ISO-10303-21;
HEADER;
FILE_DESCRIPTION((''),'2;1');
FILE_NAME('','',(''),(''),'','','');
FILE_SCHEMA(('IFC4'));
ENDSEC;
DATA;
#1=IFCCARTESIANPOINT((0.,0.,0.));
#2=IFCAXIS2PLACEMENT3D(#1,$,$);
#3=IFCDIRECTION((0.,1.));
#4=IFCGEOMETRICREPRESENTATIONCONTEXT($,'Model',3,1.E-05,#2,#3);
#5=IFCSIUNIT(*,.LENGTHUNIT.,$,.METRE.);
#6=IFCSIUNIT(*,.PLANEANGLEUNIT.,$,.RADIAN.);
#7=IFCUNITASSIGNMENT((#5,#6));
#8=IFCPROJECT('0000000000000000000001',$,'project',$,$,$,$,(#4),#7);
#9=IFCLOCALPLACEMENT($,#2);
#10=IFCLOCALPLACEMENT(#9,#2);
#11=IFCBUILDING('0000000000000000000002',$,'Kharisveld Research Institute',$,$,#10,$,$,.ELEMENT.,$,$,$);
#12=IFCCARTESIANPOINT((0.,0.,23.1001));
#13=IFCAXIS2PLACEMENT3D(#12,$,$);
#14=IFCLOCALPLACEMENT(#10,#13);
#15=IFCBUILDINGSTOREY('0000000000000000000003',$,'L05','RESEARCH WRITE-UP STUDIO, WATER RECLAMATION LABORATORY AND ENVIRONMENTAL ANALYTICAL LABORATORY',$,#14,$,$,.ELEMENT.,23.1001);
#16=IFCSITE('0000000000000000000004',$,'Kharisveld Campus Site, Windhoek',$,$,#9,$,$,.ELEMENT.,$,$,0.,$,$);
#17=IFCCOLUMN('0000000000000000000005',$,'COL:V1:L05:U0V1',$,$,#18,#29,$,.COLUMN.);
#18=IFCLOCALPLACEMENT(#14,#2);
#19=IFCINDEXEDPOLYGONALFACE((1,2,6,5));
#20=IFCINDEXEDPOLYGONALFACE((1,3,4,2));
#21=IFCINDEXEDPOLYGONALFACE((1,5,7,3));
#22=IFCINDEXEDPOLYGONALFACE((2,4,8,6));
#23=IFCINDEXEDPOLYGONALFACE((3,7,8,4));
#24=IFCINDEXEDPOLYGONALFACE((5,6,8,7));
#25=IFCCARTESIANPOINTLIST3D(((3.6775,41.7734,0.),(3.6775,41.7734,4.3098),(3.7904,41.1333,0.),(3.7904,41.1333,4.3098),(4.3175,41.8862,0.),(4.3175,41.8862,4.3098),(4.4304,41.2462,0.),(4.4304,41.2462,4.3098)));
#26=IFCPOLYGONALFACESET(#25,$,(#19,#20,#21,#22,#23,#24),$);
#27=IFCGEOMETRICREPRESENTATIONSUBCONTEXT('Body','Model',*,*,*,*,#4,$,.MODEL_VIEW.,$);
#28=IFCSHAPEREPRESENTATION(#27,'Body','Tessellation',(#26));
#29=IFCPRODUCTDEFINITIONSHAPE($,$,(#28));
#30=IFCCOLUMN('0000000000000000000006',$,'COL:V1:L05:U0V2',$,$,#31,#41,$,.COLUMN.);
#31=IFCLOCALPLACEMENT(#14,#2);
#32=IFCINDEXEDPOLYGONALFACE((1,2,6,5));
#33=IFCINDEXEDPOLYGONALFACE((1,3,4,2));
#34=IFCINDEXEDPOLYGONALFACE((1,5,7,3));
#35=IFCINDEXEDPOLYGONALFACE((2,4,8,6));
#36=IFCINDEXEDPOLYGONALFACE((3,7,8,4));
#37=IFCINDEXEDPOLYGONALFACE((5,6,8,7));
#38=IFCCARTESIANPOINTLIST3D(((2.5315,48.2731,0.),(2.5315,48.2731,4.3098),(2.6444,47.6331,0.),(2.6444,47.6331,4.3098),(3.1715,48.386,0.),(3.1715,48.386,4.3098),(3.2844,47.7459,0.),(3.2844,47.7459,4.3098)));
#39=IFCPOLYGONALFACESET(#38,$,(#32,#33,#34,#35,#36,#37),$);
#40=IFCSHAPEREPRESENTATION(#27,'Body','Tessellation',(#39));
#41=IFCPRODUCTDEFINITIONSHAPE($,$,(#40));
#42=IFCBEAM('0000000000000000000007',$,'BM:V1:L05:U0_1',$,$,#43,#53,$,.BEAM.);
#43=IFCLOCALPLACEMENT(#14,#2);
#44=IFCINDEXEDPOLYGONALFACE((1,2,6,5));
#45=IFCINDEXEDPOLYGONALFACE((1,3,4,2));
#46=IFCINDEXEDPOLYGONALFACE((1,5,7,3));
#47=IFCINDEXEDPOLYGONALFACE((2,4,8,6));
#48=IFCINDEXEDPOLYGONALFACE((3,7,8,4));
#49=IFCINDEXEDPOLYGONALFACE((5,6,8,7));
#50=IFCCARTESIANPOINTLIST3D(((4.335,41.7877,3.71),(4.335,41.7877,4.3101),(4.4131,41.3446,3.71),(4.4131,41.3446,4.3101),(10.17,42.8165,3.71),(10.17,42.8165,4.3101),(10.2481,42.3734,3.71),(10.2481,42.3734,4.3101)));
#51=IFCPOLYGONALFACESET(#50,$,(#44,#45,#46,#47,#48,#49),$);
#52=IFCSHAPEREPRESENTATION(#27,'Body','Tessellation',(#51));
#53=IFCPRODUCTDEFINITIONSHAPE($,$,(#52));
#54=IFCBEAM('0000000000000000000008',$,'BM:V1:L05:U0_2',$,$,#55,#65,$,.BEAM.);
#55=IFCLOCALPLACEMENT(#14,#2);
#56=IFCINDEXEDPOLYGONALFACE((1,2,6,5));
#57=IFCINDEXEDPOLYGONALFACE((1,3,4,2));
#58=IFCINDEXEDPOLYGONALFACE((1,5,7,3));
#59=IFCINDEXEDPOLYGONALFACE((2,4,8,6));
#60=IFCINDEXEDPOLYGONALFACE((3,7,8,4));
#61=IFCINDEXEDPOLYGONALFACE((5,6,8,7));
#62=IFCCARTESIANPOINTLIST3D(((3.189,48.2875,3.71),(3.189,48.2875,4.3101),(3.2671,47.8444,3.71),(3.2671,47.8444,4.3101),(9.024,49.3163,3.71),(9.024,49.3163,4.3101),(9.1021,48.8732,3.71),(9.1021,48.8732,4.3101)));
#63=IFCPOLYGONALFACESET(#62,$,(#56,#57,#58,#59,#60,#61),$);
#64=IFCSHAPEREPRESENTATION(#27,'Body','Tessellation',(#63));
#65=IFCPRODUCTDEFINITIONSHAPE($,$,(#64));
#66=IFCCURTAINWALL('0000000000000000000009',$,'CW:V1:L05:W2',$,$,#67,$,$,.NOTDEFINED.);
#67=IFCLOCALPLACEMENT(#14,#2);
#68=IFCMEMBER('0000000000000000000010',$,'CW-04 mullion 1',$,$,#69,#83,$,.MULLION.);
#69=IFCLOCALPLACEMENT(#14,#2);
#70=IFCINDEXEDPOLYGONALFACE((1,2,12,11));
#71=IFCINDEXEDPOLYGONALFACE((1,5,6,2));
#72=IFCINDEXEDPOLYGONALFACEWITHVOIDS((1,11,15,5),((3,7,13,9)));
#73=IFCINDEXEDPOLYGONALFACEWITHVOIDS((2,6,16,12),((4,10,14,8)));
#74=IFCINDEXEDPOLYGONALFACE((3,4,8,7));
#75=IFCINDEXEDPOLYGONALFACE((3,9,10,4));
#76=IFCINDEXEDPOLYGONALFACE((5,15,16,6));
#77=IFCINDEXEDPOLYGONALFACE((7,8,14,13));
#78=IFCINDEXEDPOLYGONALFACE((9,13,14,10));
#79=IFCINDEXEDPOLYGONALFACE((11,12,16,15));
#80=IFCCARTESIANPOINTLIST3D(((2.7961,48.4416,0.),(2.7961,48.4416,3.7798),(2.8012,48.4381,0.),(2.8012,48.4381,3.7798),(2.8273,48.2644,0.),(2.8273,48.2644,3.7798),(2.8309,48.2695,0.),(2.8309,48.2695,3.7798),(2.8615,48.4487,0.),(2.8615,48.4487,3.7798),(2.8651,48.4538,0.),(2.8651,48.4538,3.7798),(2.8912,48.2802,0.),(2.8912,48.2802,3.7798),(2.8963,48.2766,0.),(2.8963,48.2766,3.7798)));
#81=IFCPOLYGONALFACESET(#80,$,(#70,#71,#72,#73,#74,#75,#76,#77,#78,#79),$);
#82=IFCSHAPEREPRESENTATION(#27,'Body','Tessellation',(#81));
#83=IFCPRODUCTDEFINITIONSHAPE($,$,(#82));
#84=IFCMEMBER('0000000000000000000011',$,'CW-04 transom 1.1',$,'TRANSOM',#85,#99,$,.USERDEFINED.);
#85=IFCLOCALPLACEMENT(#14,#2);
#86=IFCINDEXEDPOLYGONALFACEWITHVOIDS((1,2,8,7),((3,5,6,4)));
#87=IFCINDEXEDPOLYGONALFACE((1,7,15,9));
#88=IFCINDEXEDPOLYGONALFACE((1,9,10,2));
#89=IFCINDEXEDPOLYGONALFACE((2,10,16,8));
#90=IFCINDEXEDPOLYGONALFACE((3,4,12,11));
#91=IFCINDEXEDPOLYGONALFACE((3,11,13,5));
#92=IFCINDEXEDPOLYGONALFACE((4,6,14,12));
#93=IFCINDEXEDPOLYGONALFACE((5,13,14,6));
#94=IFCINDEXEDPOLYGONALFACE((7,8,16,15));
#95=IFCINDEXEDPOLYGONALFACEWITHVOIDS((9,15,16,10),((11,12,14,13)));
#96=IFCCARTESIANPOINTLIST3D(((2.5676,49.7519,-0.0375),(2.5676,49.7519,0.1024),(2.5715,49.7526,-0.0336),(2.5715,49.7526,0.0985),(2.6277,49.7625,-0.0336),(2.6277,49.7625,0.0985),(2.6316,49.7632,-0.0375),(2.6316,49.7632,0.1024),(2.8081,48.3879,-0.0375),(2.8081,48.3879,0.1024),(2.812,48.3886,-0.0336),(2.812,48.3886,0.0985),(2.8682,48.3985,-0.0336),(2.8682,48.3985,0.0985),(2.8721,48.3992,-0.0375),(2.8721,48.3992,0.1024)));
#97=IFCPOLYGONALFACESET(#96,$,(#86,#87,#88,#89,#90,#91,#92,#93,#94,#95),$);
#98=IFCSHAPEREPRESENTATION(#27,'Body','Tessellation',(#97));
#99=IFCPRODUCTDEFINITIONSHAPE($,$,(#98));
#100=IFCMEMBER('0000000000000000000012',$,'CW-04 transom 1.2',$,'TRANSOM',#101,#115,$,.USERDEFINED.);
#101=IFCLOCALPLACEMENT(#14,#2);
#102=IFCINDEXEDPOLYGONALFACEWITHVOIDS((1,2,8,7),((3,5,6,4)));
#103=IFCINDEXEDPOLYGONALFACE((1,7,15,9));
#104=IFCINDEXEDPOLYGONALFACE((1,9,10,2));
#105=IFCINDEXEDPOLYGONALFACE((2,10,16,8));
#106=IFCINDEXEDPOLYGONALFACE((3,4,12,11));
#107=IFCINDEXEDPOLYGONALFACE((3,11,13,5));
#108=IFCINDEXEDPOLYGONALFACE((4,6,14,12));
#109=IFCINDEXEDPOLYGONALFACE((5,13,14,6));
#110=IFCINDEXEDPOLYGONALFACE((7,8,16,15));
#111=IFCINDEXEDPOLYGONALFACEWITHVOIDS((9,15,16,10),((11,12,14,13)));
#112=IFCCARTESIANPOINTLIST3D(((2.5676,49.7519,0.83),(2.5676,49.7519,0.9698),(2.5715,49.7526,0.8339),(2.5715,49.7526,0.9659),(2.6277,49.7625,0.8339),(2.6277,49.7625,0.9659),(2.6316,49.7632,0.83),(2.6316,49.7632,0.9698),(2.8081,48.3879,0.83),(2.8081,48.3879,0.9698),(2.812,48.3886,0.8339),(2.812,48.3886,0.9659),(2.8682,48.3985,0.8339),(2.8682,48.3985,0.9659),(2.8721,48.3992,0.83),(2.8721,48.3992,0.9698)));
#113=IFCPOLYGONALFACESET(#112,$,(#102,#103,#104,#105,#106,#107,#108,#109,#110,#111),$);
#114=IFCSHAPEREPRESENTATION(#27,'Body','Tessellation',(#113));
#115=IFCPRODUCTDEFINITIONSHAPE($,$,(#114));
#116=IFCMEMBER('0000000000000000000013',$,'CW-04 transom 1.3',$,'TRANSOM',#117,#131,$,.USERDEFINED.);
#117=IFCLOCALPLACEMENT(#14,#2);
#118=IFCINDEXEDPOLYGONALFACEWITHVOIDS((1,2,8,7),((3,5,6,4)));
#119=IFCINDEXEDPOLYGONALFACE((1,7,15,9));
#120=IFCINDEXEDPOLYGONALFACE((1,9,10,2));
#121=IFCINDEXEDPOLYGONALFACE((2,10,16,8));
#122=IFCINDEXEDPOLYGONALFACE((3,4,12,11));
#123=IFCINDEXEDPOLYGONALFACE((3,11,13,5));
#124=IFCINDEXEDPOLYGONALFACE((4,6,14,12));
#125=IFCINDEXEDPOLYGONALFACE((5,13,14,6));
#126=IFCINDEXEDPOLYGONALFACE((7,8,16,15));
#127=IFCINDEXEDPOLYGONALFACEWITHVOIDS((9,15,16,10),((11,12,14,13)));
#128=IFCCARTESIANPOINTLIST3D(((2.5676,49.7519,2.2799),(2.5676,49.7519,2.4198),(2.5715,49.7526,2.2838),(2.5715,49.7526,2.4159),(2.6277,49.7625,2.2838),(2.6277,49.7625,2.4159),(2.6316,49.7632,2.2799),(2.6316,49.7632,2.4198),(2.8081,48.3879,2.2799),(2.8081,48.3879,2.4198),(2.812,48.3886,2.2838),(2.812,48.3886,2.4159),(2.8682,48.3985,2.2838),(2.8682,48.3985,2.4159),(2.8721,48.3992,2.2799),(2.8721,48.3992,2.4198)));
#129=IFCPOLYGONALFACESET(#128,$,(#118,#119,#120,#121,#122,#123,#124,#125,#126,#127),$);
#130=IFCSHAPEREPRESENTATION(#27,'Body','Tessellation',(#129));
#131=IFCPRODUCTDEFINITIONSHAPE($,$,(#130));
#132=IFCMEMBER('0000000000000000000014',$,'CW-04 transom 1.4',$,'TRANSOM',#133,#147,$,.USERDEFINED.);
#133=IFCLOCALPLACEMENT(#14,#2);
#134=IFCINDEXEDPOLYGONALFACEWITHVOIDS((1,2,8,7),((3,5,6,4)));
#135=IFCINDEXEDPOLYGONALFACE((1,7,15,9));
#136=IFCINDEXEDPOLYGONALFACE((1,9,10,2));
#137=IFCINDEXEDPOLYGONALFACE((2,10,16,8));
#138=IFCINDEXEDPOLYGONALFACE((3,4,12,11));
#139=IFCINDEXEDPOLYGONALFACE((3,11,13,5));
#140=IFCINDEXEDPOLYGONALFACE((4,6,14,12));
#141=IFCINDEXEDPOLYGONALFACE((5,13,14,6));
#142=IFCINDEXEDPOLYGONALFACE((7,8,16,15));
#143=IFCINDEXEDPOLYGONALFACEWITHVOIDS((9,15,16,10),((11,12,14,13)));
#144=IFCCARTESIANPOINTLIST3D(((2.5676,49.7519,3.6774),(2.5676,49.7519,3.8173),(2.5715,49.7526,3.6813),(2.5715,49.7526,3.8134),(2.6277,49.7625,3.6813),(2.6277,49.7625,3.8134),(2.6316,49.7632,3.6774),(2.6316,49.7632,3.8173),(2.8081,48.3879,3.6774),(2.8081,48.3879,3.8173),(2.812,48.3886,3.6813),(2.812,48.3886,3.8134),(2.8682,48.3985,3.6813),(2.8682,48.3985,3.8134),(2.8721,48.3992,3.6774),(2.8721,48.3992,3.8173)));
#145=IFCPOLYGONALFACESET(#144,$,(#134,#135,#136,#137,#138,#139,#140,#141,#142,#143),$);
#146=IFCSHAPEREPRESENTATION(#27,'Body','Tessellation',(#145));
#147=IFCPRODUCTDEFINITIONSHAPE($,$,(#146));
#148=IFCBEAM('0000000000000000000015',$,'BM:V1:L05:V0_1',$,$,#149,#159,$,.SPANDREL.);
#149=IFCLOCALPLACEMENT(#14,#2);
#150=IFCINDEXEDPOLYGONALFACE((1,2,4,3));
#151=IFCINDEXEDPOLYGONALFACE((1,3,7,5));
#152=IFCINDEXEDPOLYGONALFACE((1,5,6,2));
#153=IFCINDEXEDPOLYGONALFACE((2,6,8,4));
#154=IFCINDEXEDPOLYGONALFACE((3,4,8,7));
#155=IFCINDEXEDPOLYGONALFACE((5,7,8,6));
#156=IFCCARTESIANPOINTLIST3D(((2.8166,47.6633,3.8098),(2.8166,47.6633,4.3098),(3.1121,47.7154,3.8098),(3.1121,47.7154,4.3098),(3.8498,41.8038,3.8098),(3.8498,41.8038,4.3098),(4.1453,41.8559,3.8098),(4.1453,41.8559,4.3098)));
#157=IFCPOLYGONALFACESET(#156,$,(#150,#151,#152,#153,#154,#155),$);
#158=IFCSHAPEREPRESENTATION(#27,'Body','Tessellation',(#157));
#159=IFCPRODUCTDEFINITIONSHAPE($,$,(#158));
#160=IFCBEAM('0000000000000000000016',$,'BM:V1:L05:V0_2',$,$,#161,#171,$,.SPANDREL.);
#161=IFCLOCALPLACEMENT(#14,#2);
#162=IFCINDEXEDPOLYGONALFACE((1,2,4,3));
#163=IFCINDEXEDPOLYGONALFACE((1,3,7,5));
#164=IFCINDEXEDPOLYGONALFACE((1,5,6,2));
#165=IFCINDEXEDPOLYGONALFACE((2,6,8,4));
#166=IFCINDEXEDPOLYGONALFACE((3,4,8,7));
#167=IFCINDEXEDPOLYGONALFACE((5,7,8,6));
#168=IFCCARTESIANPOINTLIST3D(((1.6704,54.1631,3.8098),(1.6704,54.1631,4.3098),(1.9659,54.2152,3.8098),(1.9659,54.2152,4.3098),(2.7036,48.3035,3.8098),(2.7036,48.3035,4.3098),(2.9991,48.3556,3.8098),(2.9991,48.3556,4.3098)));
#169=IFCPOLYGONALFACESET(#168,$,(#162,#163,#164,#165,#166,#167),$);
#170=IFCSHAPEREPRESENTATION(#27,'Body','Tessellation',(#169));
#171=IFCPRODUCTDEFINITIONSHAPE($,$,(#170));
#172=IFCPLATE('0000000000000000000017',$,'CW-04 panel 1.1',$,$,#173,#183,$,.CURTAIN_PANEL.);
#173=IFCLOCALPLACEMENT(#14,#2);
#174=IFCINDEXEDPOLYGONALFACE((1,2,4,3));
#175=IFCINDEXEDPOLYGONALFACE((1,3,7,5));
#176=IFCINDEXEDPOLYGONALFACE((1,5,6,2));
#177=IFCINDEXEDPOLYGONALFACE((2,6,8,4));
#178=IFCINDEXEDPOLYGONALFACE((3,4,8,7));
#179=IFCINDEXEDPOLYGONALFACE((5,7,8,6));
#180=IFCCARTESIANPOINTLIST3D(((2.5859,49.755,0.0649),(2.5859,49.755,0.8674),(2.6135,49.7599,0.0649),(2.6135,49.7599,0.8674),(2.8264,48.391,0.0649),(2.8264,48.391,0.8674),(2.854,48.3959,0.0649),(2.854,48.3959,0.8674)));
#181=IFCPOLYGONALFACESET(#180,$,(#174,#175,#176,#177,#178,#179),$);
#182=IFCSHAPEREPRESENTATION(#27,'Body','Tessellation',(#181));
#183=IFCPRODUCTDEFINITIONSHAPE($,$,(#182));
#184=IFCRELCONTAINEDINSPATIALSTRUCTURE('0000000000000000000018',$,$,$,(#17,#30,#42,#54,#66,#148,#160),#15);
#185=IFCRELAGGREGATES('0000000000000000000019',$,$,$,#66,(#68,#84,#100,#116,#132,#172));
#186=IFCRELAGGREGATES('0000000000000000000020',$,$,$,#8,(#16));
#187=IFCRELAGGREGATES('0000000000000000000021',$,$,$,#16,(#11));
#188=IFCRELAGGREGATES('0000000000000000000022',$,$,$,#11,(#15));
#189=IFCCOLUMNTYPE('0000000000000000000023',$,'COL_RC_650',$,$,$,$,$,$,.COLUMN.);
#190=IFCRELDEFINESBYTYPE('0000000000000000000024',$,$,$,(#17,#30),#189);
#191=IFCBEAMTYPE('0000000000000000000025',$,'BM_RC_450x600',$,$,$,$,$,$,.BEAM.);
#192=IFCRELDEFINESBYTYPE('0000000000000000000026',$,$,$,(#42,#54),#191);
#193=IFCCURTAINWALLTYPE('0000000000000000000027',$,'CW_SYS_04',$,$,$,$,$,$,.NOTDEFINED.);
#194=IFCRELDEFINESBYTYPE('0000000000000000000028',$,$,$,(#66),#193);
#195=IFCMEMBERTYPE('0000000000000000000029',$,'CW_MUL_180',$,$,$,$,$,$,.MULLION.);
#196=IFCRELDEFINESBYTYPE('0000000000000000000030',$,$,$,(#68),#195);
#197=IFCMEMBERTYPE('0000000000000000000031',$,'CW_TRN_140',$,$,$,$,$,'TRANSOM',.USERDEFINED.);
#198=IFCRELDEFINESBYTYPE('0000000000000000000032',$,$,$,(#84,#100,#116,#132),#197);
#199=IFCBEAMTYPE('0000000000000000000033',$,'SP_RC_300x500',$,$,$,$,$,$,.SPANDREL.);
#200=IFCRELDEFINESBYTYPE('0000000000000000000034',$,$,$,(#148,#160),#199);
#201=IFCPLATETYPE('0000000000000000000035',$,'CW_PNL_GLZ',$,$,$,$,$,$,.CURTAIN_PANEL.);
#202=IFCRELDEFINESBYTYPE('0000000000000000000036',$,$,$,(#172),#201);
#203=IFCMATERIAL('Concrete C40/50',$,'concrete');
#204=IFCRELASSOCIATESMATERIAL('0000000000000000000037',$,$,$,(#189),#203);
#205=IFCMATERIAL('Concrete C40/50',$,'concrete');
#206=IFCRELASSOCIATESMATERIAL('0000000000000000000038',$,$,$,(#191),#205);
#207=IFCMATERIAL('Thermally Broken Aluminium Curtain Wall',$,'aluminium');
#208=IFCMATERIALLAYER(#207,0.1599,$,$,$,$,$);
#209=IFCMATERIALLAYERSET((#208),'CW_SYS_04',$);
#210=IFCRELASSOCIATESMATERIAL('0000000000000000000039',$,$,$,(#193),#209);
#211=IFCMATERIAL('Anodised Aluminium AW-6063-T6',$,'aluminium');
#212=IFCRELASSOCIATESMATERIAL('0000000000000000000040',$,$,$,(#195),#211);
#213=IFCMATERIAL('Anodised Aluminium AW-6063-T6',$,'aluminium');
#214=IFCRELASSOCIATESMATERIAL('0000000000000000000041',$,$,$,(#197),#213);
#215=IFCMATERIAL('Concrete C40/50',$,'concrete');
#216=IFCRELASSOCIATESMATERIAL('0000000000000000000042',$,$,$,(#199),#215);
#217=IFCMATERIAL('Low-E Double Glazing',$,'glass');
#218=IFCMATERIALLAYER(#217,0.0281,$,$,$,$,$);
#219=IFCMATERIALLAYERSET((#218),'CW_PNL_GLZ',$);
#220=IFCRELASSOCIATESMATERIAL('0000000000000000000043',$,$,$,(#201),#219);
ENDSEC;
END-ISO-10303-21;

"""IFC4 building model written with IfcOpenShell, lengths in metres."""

from ifc_helpers import new_model, si_unit, direction, frame, origin, origin_2d, place, context, subcontext, project, spatial, rectangle, hollow_rectangle, extrude, material, layer, layer_set, material_profile, profile_set, type_object, element, aggregate, save


model = new_model("IFC4")

# Units and contexts
model_context = context("Model", 3, precision=1e-05, world=origin(), true_north=direction((0.0, 1.0)))
body_context = subcontext(model_context, "Body", "Model", "MODEL_VIEW")
ifc_project = project(units=[si_unit("LENGTHUNIT", "METRE"), si_unit("PLANEANGLEUNIT", "RADIAN")], contexts=[model_context])

# Site, building, storey
site_placement = place(None, origin())
site = spatial("IfcSite", under=ifc_project, at=site_placement, Name="Kharisveld Campus Site, Windhoek", CompositionType="ELEMENT", RefElevation=0.0)
building_placement = place(site_placement, origin())
building = spatial("IfcBuilding", under=site, at=building_placement, Name="Kharisveld Research Institute", CompositionType="ELEMENT")
storey_placement = place(building_placement, frame((0.0, 0.0, 23.1001)))
storey = spatial("IfcBuildingStorey", under=building, at=storey_placement, Name="L05", Description="RESEARCH WRITE-UP STUDIO, WATER RECLAMATION LABORATORY AND ENVIRONMENTAL ANALYTICAL LABORATORY", CompositionType="ELEMENT", Elevation=23.1001)

# Columns
ifc_material_1 = material(Name="Concrete C40/50", Category="concrete")
ifc_material_profile_1 = material_profile(ifc_material_1, rectangle(XDim=0.6499, YDim=0.6499, at=origin_2d()))
ifc_profile_set_1 = profile_set([ifc_material_profile_1], Name="Concrete C40/50")
column_type = type_object("IfcColumnType", Name="COL_RC_650", PredefinedType="COLUMN", material=ifc_profile_set_1)
for number, where, z_axis, x_axis, name in (
    (1, (4.054, 41.5098, 0.0), (0.0, 0.0, 1.0), (0.984808, 0.173648, 0.0), "COL:V1:L05:U0V1"),
    (2, (2.908, 48.0095, 0.0), (0.0, 0.0, 1.0), (0.984808, 0.173648, 0.0), "COL:V1:L05:U0V2"),
):
    element("IfcColumn", number, at=place(storey_placement, frame(where, z_axis=z_axis, x_axis=x_axis)), inside=storey, type_object=column_type, Name=name, PredefinedType="COLUMN", context=body_context, shape_type="SweptSolid", body=[
        extrude(rectangle(XDim=0.6499, YDim=0.6499, at=origin_2d()), origin(), (0.0, 0.0, 1.0), 4.3098),
    ])

# Beams
ifc_material_2 = material(Name="Concrete C40/50", Category="concrete")
ifc_material_profile_2 = material_profile(ifc_material_2, rectangle(XDim=0.45, YDim=0.6001, at=origin_2d()))
ifc_profile_set_2 = profile_set([ifc_material_profile_2], Name="Concrete C40/50")
beam_type_1 = type_object("IfcBeamType", Name="BM_RC_450x600", PredefinedType="BEAM", material=ifc_profile_set_2)
for number, where, z_axis, x_axis, name in (
    (3, (4.374, 41.5662, 4.01), (0.984809, 0.17364, 0.0), (-0.17364, 0.984809, 0.0), "BM:V1:L05:U0_1"),
    (4, (3.228, 48.0659, 4.01), (0.984809, 0.17364, 0.0), (-0.17364, 0.984809, 0.0), "BM:V1:L05:U0_2"),
):
    element("IfcBeam", number, at=place(storey_placement, frame(where, z_axis=z_axis, x_axis=x_axis)), inside=storey, type_object=beam_type_1, Name=name, PredefinedType="BEAM", context=body_context, shape_type="SweptSolid", body=[
        extrude(rectangle(XDim=0.45, YDim=0.6001, at=origin_2d()), origin(), (0.0, 0.0, 1.0), 5.925),
    ])

# Curtain wall, members
ifc_material_3 = material(Name="Thermally Broken Aluminium Curtain Wall", Category="aluminium")
ifc_layer_1 = layer(ifc_material_3, 0.1599)
ifc_layer_set_1 = layer_set([ifc_layer_1], Name="CW_SYS_04")
curtain_wall_type = type_object("IfcCurtainWallType", Name="CW_SYS_04", PredefinedType="NOTDEFINED", material=ifc_layer_set_1)
curtain_wall_placement = place(storey_placement, origin())
curtain_wall = element("IfcCurtainWall", 5, at=curtain_wall_placement, inside=storey, type_object=curtain_wall_type, Name="CW:V1:L05:W2", PredefinedType="NOTDEFINED")
ifc_material_4 = material(Name="Anodised Aluminium AW-6063-T6", Category="aluminium")
ifc_material_profile_3 = material_profile(ifc_material_4, hollow_rectangle(XDim=0.0701, YDim=0.1799, WallThickness=0.0044, at=origin_2d()))
ifc_profile_set_3 = profile_set([ifc_material_profile_3], Name="Anodised Aluminium AW-6063-T6")
member_type_1 = type_object("IfcMemberType", Name="CW_MUL_180", PredefinedType="MULLION", material=ifc_profile_set_3)
member_1_placement = place(storey_placement, frame((2.8462, 48.3591, 0.0), z_axis=(0.0, 0.0, 1.0), x_axis=(-0.984808, -0.173648, 0.0)))
member_1 = element("IfcMember", 6, at=member_1_placement, type_object=member_type_1, Name="CW-04 mullion 1", PredefinedType="MULLION", context=body_context, shape_type="SweptSolid", body=[
    extrude(hollow_rectangle(XDim=0.0701, YDim=0.1799, WallThickness=0.0044, at=origin_2d()), origin(), (0.0, 0.0, 1.0), 3.7798),
])
ifc_material_5 = material(Name="Anodised Aluminium AW-6063-T6", Category="aluminium")
ifc_material_profile_4 = material_profile(ifc_material_5, hollow_rectangle(XDim=0.0649, YDim=0.1399, WallThickness=0.0039, at=origin_2d()))
ifc_profile_set_4 = profile_set([ifc_material_profile_4], Name="Anodised Aluminium AW-6063-T6")
member_type_2 = type_object("IfcMemberType", Name="CW_TRN_140", ElementType="TRANSOM", PredefinedType="USERDEFINED", material=ifc_profile_set_4)
member_2_placement = place(storey_placement, frame((2.8401, 48.3936, 0.0325), z_axis=(-0.173624, 0.984812, 0.0), x_axis=(-0.984812, -0.173624, 0.0)))
member_2 = element("IfcMember", 7, at=member_2_placement, type_object=member_type_2, Name="CW-04 transom 1.1", ObjectType="TRANSOM", PredefinedType="USERDEFINED", context=body_context, shape_type="SweptSolid", body=[
    extrude(hollow_rectangle(XDim=0.0649, YDim=0.1399, WallThickness=0.0039, at=origin_2d()), origin(), (0.0, 0.0, 1.0), 1.385),
])
member_3_placement = place(storey_placement, frame((2.8401, 48.3936, 0.8999), z_axis=(-0.173624, 0.984812, 0.0), x_axis=(-0.984812, -0.173624, 0.0)))
member_3 = element("IfcMember", 8, at=member_3_placement, type_object=member_type_2, Name="CW-04 transom 1.2", ObjectType="TRANSOM", PredefinedType="USERDEFINED", context=body_context, shape_type="SweptSolid", body=[
    extrude(hollow_rectangle(XDim=0.0649, YDim=0.1399, WallThickness=0.0039, at=origin_2d()), origin(), (0.0, 0.0, 1.0), 1.385),
])
member_4_placement = place(storey_placement, frame((2.8401, 48.3936, 2.3499), z_axis=(-0.173624, 0.984812, 0.0), x_axis=(-0.984812, -0.173624, 0.0)))
member_4 = element("IfcMember", 9, at=member_4_placement, type_object=member_type_2, Name="CW-04 transom 1.3", ObjectType="TRANSOM", PredefinedType="USERDEFINED", context=body_context, shape_type="SweptSolid", body=[
    extrude(hollow_rectangle(XDim=0.0649, YDim=0.1399, WallThickness=0.0039, at=origin_2d()), origin(), (0.0, 0.0, 1.0), 1.385),
])
member_5_placement = place(storey_placement, frame((2.8401, 48.3936, 3.7473), z_axis=(-0.173624, 0.984812, 0.0), x_axis=(-0.984812, -0.173624, 0.0)))
member_5 = element("IfcMember", 10, at=member_5_placement, type_object=member_type_2, Name="CW-04 transom 1.4", ObjectType="TRANSOM", PredefinedType="USERDEFINED", context=body_context, shape_type="SweptSolid", body=[
    extrude(hollow_rectangle(XDim=0.0649, YDim=0.1399, WallThickness=0.0039, at=origin_2d()), origin(), (0.0, 0.0, 1.0), 1.385),
])

# Beams
ifc_material_6 = material(Name="Concrete C40/50", Category="concrete")
ifc_material_profile_5 = material_profile(ifc_material_6, rectangle(XDim=0.3, YDim=0.5, at=origin_2d()))
ifc_profile_set_5 = profile_set([ifc_material_profile_5], Name="Concrete C40/50")
beam_type_2 = type_object("IfcBeamType", Name="SP_RC_300x500", PredefinedType="SPANDREL", material=ifc_profile_set_5)
for number, where, z_axis, x_axis, name in (
    (11, (3.9976, 41.8298, 4.0598), (-0.173647, 0.984808, 0.0), (-0.984808, -0.173647, 0.0), "BM:V1:L05:V0_1"),
    (12, (2.8513, 48.3296, 4.0598), (-0.173647, 0.984808, 0.0), (-0.984808, -0.173647, 0.0), "BM:V1:L05:V0_2"),
):
    element("IfcBeam", number, at=place(storey_placement, frame(where, z_axis=z_axis, x_axis=x_axis)), inside=storey, type_object=beam_type_2, Name=name, PredefinedType="SPANDREL", context=body_context, shape_type="SweptSolid", body=[
        extrude(rectangle(XDim=0.3, YDim=0.5, at=origin_2d()), origin(), (0.0, 0.0, 1.0), 5.95),
    ])

# Plate
ifc_material_7 = material(Name="Low-E Double Glazing", Category="glass")
ifc_layer_2 = layer(ifc_material_7, 0.0281)
ifc_layer_set_2 = layer_set([ifc_layer_2], Name="CW_PNL_GLZ")
plate_type = type_object("IfcPlateType", Name="CW_PNL_GLZ", PredefinedType="CURTAIN_PANEL", material=ifc_layer_set_2)
plate_1_placement = place(storey_placement, frame((2.72, 49.0754, 0.0649), z_axis=(0.0, 0.0, 1.0), x_axis=(-0.173648, 0.984808, 0.0)))
plate_1 = element("IfcPlate", 13, at=plate_1_placement, type_object=plate_type, Name="CW-04 panel 1.1", PredefinedType="CURTAIN_PANEL", context=body_context, shape_type="SweptSolid", body=[
    extrude(rectangle(XDim=1.385, YDim=0.0281, at=origin_2d()), origin(), (0.0, 0.0, 1.0), 0.8025),
])
aggregate(curtain_wall, [member_1, member_2, member_3, member_4, member_5, plate_1])

save(model, "model.ifc")
